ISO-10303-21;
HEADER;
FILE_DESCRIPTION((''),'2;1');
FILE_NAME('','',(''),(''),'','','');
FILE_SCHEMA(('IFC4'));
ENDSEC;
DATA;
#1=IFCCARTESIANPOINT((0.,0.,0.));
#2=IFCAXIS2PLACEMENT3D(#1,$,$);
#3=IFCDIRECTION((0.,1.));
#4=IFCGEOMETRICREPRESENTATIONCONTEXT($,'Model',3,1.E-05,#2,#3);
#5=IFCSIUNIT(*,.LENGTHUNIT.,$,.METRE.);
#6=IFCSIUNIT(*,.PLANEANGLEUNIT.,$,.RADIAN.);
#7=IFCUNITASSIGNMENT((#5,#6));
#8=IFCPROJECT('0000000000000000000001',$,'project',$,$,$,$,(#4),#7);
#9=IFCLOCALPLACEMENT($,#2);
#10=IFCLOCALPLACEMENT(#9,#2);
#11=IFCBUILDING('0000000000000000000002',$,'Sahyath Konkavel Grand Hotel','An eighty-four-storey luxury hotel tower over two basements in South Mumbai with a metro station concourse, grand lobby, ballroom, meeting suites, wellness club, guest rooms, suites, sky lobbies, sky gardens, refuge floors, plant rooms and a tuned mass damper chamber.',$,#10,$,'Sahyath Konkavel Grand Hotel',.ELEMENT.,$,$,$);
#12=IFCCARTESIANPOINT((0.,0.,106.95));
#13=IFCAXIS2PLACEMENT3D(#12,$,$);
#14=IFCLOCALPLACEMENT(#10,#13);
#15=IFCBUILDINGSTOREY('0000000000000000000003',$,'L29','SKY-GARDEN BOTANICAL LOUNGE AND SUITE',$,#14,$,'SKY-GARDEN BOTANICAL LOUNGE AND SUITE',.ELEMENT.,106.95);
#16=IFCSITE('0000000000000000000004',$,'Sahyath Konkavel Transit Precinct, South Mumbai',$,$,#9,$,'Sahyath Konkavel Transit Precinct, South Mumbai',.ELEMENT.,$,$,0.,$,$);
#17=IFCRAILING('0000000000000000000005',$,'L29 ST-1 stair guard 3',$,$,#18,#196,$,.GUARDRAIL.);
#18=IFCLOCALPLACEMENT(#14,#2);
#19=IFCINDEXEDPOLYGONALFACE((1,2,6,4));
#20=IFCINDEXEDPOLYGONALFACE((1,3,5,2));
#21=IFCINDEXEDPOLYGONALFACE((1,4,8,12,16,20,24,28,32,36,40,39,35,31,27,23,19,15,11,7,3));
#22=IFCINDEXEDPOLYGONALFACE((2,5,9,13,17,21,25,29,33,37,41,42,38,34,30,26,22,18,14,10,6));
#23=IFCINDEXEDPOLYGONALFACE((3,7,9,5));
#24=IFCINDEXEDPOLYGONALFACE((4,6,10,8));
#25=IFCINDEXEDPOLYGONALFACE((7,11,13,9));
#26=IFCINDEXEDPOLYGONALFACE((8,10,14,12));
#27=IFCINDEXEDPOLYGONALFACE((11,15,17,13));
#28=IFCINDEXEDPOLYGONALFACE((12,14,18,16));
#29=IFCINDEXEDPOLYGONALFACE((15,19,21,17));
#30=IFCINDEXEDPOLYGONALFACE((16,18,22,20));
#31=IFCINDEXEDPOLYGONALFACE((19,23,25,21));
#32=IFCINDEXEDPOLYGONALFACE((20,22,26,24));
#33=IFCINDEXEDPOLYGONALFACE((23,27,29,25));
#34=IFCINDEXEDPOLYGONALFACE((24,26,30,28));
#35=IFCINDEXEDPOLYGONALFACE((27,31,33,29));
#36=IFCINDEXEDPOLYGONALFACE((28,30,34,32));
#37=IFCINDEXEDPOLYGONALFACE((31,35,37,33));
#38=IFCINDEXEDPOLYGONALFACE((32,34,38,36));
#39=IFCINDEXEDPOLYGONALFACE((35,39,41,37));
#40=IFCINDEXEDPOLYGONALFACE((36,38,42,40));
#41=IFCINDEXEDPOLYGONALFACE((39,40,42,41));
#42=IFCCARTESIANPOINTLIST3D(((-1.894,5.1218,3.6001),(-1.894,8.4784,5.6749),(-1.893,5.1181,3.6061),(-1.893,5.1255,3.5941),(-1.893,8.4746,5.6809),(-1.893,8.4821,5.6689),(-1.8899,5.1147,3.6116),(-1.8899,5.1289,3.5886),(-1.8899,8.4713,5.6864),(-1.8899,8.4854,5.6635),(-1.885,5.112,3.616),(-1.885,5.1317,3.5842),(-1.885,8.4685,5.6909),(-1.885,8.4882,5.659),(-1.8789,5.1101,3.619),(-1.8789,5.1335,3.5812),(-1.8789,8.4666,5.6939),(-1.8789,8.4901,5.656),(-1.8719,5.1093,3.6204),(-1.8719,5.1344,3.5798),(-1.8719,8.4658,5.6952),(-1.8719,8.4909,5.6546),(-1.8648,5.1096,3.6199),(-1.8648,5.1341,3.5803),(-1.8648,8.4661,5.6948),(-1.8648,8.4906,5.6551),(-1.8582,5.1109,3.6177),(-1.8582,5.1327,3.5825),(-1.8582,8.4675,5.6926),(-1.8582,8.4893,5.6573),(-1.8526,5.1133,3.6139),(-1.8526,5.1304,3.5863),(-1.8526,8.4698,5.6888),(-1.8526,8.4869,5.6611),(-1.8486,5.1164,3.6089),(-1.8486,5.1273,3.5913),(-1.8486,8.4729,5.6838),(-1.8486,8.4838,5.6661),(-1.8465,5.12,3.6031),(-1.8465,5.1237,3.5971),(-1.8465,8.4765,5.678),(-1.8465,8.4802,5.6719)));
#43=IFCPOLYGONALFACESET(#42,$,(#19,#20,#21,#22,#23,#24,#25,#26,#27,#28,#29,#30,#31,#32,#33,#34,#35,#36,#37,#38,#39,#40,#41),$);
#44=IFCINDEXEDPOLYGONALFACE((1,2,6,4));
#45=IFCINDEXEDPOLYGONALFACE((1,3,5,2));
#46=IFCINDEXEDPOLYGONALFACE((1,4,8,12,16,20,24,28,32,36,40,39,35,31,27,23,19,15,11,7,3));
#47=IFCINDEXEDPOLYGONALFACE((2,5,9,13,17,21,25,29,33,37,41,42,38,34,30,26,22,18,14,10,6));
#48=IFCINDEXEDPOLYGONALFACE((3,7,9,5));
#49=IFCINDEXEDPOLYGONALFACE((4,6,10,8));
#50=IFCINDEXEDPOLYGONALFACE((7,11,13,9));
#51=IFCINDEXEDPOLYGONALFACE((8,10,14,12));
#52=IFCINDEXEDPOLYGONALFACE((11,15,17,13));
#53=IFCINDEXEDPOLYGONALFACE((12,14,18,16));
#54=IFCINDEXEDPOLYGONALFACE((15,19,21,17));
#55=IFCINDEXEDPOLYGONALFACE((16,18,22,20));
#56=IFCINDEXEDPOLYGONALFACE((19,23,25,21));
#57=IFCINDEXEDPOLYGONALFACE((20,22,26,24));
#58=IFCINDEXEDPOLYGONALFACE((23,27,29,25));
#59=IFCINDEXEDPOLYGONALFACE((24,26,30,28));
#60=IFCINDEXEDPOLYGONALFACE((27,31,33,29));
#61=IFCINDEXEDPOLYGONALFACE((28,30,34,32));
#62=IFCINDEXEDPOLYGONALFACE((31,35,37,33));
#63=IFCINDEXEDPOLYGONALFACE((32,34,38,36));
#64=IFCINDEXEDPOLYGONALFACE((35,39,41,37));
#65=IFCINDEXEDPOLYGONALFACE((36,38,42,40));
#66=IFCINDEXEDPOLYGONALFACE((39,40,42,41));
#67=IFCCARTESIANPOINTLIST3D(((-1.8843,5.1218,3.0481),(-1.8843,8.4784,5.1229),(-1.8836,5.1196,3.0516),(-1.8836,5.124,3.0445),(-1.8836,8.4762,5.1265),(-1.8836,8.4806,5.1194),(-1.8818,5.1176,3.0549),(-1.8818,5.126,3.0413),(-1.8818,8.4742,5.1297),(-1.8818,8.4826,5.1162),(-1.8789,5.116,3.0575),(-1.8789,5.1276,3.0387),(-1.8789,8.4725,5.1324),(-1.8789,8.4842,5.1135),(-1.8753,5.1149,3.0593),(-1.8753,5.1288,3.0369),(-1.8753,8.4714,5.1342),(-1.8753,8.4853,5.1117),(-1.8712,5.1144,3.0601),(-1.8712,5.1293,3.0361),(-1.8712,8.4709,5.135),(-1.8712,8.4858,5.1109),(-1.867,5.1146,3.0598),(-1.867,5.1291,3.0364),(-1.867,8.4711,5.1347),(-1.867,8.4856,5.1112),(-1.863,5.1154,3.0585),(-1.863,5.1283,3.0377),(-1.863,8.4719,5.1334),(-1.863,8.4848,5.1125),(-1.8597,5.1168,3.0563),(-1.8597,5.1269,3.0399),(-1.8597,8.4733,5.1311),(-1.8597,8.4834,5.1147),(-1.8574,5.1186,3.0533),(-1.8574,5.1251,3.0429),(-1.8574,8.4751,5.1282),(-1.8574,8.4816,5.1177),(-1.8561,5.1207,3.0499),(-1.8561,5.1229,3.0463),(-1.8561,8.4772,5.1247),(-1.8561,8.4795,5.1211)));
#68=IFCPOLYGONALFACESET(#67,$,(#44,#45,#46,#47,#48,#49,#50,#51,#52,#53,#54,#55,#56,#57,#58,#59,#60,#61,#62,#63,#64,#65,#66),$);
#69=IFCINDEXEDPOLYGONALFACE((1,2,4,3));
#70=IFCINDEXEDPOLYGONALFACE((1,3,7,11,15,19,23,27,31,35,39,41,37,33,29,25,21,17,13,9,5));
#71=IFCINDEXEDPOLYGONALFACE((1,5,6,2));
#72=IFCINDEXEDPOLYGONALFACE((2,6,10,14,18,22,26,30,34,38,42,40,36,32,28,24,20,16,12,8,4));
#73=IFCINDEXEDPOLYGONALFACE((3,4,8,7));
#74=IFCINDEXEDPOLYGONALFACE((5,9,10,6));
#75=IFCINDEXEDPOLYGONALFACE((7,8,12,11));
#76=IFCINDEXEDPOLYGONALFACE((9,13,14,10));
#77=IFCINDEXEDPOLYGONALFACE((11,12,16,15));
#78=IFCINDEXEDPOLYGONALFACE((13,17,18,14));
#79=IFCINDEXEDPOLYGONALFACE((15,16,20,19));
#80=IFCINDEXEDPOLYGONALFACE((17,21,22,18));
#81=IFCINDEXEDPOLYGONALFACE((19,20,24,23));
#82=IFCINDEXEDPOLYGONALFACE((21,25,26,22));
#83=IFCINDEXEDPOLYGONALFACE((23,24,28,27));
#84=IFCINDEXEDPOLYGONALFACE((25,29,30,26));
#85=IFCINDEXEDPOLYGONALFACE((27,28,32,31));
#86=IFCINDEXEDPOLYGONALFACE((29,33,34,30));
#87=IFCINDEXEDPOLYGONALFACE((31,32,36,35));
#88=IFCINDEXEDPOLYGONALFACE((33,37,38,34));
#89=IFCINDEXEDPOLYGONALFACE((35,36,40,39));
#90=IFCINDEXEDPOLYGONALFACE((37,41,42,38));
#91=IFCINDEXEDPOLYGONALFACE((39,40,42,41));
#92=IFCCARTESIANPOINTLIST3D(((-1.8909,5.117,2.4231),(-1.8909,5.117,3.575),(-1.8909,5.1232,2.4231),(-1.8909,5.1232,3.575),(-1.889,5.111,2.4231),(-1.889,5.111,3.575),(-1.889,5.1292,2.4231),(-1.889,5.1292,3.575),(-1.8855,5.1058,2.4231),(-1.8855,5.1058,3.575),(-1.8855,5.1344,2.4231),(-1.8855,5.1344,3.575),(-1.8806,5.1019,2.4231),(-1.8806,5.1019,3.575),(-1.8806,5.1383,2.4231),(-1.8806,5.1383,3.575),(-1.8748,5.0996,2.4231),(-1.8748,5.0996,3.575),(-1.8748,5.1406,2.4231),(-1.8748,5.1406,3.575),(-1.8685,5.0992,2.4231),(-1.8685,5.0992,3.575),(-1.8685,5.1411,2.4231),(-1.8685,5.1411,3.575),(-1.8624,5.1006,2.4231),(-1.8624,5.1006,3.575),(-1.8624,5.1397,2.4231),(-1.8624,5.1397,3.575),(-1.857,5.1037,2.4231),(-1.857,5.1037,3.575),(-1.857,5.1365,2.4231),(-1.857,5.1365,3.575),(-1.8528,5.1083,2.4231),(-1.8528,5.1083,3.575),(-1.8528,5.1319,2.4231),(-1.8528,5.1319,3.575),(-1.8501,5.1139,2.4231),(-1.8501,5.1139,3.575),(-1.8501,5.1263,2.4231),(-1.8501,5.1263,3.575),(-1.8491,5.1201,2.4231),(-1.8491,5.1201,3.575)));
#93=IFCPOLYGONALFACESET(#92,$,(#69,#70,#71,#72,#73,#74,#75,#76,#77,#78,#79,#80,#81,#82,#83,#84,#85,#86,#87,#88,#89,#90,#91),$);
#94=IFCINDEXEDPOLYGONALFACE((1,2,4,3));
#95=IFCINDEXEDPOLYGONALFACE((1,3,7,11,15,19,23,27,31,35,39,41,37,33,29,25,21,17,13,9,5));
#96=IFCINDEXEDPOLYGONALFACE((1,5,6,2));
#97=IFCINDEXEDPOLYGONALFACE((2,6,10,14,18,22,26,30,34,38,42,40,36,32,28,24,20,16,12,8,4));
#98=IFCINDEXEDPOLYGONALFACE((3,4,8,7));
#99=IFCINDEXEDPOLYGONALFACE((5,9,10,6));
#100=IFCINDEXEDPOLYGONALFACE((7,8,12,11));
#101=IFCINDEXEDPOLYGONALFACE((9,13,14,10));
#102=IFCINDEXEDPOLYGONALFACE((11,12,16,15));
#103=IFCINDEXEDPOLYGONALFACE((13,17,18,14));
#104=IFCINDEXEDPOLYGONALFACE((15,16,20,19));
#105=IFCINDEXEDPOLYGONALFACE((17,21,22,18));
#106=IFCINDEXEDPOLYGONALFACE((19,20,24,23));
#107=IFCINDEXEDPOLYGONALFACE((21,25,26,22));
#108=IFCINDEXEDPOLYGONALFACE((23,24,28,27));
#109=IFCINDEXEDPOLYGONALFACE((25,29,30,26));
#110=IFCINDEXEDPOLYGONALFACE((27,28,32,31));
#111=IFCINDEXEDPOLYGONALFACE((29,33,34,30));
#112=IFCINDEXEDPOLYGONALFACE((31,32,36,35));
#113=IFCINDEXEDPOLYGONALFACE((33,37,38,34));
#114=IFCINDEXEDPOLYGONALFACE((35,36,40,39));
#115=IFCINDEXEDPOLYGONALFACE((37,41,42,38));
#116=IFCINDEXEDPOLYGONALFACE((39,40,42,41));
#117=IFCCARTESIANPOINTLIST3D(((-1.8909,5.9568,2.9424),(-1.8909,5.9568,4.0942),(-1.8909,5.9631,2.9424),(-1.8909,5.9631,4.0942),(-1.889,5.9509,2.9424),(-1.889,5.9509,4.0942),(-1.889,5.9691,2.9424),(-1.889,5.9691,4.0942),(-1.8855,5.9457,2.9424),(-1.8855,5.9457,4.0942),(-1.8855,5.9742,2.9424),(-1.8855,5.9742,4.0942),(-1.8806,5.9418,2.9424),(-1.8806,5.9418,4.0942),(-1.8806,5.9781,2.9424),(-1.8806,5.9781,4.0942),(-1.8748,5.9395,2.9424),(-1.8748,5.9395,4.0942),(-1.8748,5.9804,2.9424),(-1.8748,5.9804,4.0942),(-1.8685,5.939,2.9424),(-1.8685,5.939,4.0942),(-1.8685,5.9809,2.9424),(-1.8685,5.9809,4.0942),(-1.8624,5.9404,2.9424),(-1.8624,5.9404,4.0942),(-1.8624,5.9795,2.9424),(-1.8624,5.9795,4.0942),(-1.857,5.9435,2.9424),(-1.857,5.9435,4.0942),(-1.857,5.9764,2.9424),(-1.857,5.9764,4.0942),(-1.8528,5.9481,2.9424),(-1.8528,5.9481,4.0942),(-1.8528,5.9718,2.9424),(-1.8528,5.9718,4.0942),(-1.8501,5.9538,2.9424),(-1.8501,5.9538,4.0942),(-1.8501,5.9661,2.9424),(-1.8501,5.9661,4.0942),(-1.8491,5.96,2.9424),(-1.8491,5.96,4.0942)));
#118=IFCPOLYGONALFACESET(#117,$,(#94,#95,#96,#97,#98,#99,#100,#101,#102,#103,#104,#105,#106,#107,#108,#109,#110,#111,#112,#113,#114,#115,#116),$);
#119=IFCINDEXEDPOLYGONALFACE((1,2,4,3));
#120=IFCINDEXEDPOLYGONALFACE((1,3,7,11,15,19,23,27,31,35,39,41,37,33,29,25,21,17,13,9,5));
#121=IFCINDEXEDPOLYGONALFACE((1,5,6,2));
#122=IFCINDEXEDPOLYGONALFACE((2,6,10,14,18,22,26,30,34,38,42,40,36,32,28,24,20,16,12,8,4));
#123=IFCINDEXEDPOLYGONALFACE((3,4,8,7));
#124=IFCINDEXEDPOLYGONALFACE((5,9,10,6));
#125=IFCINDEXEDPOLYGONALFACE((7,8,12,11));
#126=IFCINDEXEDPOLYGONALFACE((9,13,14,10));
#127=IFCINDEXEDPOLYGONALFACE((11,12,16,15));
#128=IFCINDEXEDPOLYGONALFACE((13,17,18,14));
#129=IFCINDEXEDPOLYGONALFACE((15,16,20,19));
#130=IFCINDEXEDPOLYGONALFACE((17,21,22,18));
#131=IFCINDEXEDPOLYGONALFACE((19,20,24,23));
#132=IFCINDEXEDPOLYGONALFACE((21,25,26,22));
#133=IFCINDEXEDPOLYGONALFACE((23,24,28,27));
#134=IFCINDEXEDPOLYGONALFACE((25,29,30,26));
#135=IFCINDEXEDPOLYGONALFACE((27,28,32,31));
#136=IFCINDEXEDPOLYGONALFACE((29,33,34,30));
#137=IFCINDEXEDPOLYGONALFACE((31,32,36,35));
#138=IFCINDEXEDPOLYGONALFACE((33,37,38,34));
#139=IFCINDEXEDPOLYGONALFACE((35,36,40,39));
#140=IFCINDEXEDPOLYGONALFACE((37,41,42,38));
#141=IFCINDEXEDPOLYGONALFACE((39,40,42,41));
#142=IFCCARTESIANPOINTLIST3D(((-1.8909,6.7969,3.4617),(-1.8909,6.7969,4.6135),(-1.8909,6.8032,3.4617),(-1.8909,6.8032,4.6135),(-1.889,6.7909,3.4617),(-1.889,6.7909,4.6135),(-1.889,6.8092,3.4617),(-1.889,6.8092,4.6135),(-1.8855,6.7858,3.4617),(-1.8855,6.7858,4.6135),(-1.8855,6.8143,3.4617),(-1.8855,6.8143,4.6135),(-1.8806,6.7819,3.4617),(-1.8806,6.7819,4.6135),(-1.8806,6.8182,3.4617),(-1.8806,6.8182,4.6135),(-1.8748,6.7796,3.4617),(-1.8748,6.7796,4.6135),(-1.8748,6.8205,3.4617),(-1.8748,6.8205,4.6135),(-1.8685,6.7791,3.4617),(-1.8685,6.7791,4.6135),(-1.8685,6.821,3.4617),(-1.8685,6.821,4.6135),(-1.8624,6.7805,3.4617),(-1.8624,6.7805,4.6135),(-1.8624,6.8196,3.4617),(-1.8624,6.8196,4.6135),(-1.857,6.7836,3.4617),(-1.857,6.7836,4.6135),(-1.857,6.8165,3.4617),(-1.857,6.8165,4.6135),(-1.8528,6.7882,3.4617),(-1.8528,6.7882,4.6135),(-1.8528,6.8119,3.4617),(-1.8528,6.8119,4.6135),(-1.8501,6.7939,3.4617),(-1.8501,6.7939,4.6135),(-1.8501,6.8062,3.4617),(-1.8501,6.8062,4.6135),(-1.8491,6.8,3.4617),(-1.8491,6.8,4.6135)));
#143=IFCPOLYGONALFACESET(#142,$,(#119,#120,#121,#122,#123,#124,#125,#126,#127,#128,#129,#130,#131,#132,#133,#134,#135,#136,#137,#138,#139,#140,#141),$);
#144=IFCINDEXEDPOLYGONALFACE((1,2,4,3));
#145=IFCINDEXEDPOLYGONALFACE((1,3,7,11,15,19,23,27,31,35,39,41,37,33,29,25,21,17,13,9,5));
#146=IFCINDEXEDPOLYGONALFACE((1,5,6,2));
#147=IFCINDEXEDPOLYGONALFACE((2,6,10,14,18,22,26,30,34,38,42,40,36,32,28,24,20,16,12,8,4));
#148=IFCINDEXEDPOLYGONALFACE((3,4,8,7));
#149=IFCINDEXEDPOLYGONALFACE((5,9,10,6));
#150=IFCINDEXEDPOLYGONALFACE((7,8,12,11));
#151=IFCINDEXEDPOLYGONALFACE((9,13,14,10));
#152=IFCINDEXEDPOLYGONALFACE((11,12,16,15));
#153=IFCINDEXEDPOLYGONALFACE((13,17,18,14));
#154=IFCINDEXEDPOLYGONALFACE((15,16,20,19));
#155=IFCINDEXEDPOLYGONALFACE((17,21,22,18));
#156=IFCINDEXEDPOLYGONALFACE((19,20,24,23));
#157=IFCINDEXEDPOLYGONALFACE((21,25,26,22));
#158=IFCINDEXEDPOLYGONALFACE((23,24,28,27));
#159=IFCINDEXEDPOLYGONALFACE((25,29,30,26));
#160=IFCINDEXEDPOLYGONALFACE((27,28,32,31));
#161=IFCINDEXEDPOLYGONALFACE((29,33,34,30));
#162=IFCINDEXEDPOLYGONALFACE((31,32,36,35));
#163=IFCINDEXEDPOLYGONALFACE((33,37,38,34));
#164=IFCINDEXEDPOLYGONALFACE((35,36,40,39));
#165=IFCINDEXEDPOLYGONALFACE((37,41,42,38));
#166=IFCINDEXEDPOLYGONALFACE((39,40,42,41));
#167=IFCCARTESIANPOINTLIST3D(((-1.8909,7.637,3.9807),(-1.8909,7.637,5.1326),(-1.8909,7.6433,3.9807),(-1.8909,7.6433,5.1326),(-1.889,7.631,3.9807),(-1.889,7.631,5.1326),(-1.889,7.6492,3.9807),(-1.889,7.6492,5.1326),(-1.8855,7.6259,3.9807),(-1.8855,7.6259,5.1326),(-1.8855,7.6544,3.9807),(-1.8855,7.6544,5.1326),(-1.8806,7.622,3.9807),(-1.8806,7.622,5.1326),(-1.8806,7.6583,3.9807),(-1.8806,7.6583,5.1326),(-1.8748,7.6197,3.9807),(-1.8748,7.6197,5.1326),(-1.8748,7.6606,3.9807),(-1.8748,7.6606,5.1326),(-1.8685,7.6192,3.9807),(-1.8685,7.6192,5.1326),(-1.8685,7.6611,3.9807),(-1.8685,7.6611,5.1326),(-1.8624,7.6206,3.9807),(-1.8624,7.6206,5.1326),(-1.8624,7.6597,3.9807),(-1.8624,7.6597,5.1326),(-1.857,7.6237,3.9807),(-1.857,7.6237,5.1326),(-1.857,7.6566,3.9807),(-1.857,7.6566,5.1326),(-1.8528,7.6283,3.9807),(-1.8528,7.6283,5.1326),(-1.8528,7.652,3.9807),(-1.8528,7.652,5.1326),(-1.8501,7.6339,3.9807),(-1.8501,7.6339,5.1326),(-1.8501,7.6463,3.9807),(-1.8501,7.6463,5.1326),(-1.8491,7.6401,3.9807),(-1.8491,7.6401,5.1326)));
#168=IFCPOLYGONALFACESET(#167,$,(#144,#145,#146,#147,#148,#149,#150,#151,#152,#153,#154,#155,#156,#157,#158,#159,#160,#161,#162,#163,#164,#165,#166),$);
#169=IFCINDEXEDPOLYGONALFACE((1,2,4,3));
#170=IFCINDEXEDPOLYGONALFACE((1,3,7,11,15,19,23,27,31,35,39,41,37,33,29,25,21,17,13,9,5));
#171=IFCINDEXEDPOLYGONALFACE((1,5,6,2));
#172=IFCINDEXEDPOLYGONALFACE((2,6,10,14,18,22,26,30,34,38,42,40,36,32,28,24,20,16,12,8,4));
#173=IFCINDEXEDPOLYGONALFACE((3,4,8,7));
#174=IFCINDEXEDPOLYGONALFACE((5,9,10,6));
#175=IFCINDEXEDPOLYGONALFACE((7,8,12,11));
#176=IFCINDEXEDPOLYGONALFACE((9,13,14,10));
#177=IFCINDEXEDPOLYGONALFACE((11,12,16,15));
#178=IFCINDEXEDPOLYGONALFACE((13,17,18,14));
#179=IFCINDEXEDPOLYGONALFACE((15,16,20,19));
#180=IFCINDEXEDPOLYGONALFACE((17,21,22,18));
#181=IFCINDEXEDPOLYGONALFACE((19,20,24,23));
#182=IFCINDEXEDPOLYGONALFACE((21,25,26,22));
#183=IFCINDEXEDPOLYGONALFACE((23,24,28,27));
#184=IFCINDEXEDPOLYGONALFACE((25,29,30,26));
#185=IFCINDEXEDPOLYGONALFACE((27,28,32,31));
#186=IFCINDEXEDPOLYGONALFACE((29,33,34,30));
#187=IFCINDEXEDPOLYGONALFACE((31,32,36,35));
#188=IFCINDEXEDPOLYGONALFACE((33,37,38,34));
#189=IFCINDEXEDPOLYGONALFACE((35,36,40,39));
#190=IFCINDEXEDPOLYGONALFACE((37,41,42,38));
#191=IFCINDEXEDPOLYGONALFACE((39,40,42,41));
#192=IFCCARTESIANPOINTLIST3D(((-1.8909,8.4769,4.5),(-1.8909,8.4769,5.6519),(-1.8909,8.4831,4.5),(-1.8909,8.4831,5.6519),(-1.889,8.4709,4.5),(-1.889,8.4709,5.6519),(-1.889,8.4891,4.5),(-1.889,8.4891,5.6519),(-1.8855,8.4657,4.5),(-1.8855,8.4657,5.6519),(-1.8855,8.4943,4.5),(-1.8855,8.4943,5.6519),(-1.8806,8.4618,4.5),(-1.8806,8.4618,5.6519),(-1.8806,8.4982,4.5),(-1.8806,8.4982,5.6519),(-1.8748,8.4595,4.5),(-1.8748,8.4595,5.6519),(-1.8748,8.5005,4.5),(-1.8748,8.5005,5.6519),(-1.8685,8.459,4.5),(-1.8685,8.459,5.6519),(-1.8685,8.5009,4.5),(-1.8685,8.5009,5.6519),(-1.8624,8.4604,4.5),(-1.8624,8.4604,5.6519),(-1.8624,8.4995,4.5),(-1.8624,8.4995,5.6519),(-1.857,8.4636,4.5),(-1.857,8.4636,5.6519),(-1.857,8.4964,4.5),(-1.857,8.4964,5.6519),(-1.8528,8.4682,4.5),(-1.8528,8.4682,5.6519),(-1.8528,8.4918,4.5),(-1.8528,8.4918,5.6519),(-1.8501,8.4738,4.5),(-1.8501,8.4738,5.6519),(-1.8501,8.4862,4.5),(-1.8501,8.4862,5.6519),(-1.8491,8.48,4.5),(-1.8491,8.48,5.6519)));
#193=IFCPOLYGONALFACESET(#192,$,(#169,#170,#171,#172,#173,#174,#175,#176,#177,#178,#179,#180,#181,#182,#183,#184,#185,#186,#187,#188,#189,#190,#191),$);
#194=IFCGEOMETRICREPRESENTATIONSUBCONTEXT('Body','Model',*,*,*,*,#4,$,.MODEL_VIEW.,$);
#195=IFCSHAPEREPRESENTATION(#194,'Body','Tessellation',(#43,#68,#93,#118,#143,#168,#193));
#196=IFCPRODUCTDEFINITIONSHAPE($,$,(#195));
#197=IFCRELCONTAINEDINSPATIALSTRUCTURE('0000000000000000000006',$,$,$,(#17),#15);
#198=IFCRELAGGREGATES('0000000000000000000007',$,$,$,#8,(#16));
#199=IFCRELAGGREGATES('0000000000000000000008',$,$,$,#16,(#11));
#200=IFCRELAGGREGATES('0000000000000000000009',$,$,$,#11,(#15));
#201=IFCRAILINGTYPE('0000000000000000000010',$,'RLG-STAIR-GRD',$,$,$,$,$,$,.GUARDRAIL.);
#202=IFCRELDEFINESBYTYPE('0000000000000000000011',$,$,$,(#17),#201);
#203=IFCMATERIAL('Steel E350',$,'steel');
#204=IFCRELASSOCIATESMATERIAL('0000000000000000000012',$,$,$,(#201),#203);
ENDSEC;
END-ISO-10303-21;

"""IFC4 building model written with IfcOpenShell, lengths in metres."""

from ifc_helpers import new_model, si_unit, direction, frame, origin, origin_2d, place, context, subcontext, project, spatial, circle, extrude, material, type_object, element, save


model = new_model("IFC4")

# Units and contexts
model_context = context("Model", 3, precision=1e-05, world=origin(), true_north=direction((0.0, 1.0)))
body_context = subcontext(model_context, "Body", "Model", "MODEL_VIEW")
ifc_project = project(units=[si_unit("LENGTHUNIT", "METRE"), si_unit("PLANEANGLEUNIT", "RADIAN")], contexts=[model_context])

# Site, building, storey
site_placement = place(None, origin())
site = spatial("IfcSite", under=ifc_project, at=site_placement, Name="Sahyath Konkavel Transit Precinct, South Mumbai", LongName="Sahyath Konkavel Transit Precinct, South Mumbai", CompositionType="ELEMENT", RefElevation=0.0)
building_placement = place(site_placement, origin())
building = spatial("IfcBuilding", under=site, at=building_placement, Name="Sahyath Konkavel Grand Hotel", Description="An eighty-four-storey luxury hotel tower over two basements in South Mumbai with a metro station concourse, grand lobby, ballroom, meeting suites, wellness club, guest rooms, suites, sky lobbies, sky gardens, refuge floors, plant rooms and a tuned mass damper chamber.", LongName="Sahyath Konkavel Grand Hotel", CompositionType="ELEMENT")
storey_placement = place(building_placement, frame((0.0, 0.0, 106.95)))
storey = spatial("IfcBuildingStorey", under=building, at=storey_placement, Name="L29", Description="SKY-GARDEN BOTANICAL LOUNGE AND SUITE", LongName="SKY-GARDEN BOTANICAL LOUNGE AND SUITE", CompositionType="ELEMENT", Elevation=106.95)

# Shared definitions
ifc_material_1 = material(Name="Steel E350", Category="steel")

# Railing
railing_type_1 = type_object("IfcRailingType", Name="RLG-STAIR-GRD", PredefinedType="GUARDRAIL", material=ifc_material_1)
railing_1_placement = place(storey_placement, frame((-1.8701, 5.1201, 2.4231)))
element("IfcRailing", 1, at=railing_1_placement, inside=storey, type_object=railing_type_1, Name="L29 ST-1 stair guard 3", PredefinedType="GUARDRAIL", context=body_context, shape_type="SweptSolid", body=[
    extrude(circle(Radius=0.0239, at=origin_2d()), frame((0.0, 0.0017, 1.177), z_axis=(0.0, 0.850606, 0.525803), x_axis=(-1.0, 0.0, 0.0)), (0.0, 0.0, 1.0), 3.946),
    extrude(circle(Radius=0.0142, at=origin_2d()), frame((0.0, 0.0017, 0.625), z_axis=(0.0, 0.850606, 0.525803), x_axis=(-1.0, 0.0, 0.0)), (0.0, 0.0, 1.0), 3.946),
    extrude(circle(Radius=0.021, at=origin_2d()), origin(), (0.0, 0.0, 1.0), 1.1519),
    extrude(circle(Radius=0.021, at=origin_2d()), frame((0.0, 0.8398, 0.5193)), (0.0, 0.0, 1.0), 1.1519),
    extrude(circle(Radius=0.021, at=origin_2d()), frame((0.0, 1.6799, 1.0386)), (0.0, 0.0, 1.0), 1.1519),
    extrude(circle(Radius=0.021, at=origin_2d()), frame((0.0, 2.52, 1.5576)), (0.0, 0.0, 1.0), 1.1519),
    extrude(circle(Radius=0.021, at=origin_2d()), frame((0.0, 3.3599, 2.0769)), (0.0, 0.0, 1.0), 1.1519),
])

save(model, "model.ifc")
